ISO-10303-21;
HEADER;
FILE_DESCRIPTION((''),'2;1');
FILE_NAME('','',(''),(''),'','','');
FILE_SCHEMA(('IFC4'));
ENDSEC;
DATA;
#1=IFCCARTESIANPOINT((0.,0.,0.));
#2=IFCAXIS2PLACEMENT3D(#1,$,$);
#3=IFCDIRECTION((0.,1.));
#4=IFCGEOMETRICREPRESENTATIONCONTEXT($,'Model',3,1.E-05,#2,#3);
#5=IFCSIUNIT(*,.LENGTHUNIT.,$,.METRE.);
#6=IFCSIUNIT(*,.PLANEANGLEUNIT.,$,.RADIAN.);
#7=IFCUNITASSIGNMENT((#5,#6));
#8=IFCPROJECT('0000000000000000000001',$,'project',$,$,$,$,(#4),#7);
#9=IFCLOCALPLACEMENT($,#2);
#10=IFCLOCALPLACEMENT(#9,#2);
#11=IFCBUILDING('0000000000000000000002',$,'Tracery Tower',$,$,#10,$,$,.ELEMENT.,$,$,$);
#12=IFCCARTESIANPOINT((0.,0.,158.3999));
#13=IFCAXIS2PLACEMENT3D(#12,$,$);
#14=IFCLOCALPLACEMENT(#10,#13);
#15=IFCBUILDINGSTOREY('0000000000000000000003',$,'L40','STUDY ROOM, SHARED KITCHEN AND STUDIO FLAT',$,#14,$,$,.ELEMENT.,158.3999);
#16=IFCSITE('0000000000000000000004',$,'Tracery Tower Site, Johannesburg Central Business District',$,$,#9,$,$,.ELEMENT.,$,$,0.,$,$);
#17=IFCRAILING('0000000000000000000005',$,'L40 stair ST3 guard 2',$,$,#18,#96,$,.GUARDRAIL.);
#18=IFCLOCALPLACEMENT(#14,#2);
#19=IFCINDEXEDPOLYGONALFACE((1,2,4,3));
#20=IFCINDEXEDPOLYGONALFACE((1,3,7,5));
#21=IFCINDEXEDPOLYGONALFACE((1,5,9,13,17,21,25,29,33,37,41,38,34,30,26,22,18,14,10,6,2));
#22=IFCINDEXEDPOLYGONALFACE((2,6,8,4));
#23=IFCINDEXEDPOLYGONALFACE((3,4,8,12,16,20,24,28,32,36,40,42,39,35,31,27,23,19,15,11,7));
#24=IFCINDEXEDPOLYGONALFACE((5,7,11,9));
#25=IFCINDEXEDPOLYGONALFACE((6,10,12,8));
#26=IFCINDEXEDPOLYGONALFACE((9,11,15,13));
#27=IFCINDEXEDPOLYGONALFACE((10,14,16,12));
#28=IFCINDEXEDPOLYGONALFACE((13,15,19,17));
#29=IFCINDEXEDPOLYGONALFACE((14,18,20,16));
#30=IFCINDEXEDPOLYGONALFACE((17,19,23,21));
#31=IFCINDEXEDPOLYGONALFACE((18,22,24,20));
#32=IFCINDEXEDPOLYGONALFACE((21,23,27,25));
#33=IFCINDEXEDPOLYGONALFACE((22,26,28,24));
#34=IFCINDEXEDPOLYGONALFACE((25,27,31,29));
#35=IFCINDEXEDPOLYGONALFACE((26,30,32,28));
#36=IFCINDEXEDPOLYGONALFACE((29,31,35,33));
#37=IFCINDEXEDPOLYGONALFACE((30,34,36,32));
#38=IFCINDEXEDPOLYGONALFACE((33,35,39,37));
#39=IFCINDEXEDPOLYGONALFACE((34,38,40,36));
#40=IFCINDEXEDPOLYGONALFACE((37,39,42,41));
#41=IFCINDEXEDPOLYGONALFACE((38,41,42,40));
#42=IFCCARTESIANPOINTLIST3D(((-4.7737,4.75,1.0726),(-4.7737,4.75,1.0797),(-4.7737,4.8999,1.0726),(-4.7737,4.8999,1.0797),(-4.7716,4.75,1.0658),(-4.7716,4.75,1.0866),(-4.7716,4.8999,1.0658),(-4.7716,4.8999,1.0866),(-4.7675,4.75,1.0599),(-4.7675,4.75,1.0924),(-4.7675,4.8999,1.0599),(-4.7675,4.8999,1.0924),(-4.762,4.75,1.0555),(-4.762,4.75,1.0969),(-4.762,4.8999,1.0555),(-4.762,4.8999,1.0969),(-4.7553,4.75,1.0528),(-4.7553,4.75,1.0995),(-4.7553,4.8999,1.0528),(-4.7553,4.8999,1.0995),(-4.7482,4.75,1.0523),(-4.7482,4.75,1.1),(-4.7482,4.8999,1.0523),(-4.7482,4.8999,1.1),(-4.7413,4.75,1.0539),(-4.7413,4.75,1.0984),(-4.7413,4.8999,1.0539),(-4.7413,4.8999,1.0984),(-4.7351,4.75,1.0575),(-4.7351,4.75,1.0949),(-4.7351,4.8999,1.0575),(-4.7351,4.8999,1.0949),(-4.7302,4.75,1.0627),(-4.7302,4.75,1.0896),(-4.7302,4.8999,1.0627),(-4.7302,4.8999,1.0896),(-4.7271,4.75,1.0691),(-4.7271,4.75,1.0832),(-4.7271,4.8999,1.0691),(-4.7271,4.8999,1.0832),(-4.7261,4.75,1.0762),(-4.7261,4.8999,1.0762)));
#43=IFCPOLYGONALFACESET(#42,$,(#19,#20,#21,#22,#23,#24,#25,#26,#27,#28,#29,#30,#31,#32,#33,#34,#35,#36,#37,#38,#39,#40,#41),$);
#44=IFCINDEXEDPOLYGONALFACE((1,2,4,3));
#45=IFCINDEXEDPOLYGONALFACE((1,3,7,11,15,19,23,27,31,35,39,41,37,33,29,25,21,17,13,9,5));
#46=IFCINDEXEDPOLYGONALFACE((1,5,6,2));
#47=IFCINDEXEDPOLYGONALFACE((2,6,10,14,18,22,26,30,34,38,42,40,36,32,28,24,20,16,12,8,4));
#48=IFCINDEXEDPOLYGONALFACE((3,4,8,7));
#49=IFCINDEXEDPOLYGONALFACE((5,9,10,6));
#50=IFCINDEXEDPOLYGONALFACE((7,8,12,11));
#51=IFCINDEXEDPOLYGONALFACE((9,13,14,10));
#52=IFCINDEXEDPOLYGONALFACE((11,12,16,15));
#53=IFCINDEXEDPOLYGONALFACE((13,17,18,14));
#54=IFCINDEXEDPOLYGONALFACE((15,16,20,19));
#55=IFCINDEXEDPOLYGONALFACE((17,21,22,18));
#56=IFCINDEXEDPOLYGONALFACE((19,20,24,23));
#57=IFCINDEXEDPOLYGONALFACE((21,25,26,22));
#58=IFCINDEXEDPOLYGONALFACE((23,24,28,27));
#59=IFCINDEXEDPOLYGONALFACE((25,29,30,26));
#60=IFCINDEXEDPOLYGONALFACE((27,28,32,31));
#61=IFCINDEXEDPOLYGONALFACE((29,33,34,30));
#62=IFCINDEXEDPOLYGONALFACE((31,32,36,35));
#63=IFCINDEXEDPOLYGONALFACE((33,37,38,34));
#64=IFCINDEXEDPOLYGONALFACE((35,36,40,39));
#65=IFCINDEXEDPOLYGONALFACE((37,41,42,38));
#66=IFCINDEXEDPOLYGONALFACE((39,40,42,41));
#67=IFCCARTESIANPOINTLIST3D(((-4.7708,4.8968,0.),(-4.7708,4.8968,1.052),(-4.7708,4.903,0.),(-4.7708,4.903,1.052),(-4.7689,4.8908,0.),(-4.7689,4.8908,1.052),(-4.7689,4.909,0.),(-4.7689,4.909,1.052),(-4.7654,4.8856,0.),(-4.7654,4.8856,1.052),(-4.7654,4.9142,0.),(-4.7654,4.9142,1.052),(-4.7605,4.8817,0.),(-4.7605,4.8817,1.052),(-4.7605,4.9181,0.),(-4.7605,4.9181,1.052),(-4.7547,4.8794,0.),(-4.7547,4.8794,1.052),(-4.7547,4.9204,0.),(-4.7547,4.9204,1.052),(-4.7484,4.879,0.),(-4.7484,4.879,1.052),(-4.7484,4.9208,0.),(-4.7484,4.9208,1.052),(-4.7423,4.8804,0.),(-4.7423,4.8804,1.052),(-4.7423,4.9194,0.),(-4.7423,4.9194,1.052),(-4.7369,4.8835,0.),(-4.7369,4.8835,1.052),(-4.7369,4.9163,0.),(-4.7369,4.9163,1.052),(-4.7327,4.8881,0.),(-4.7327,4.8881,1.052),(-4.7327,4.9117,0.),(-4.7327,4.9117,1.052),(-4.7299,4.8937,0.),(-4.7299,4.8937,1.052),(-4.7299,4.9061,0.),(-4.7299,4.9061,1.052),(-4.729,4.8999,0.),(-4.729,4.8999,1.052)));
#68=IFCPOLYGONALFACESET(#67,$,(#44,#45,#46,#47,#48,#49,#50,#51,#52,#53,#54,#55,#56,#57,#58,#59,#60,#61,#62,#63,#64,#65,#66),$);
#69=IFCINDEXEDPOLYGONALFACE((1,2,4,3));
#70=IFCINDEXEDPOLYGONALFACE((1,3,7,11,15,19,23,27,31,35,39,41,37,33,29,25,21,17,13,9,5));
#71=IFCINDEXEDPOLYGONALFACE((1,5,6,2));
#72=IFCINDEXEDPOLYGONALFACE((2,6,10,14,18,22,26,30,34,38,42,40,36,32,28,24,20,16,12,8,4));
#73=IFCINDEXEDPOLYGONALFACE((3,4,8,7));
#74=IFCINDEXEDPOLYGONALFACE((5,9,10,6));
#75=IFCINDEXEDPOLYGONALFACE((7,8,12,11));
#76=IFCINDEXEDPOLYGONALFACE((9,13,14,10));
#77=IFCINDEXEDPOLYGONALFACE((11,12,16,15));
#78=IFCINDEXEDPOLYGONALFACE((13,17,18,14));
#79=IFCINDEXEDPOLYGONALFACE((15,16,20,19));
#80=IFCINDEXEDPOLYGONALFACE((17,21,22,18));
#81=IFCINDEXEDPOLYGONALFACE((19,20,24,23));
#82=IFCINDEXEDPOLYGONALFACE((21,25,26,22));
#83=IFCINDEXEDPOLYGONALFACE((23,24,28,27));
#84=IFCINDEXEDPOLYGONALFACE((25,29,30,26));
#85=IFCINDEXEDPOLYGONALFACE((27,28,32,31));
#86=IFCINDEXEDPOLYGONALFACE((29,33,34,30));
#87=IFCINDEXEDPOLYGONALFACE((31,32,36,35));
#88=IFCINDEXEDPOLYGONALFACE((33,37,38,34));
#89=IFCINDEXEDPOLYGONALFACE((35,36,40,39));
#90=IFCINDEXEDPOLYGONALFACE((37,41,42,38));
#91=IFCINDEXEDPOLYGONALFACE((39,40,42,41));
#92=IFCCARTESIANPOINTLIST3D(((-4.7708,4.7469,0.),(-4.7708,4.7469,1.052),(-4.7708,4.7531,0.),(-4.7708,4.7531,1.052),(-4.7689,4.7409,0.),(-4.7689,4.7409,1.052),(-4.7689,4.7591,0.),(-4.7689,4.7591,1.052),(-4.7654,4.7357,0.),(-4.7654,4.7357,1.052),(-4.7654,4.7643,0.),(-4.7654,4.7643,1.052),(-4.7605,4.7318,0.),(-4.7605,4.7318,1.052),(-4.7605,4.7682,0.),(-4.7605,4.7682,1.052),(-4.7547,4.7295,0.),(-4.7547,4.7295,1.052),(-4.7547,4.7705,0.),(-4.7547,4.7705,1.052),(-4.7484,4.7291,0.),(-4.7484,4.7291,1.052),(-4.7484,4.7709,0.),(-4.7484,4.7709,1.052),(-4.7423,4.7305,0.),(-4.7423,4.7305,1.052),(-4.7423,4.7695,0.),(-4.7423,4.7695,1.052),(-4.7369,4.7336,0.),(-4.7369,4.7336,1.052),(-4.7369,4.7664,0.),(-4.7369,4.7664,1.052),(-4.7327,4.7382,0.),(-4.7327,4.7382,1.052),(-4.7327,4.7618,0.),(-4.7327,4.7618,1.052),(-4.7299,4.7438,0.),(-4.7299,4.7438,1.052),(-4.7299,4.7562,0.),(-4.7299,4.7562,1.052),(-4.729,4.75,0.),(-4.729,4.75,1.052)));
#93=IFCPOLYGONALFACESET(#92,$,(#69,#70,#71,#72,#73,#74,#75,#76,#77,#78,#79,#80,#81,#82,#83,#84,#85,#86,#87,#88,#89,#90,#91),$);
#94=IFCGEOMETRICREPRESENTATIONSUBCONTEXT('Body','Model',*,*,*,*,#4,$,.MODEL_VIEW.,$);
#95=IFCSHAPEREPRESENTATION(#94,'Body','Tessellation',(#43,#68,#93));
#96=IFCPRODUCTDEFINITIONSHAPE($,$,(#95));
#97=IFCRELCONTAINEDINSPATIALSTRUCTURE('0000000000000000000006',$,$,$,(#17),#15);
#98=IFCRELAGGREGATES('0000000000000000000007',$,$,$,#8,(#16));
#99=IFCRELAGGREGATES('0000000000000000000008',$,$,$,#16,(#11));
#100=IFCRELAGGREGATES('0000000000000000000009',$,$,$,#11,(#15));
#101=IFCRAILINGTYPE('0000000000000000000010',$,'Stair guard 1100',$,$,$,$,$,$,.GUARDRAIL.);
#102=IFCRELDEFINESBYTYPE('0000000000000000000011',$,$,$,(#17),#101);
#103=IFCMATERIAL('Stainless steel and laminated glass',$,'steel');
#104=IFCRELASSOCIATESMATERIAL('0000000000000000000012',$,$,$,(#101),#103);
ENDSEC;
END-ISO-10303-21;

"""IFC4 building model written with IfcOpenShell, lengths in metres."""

from ifc_helpers import new_model, si_unit, direction, frame, origin, origin_2d, place, context, subcontext, project, spatial, circle, extrude, material, type_object, element, save


model = new_model("IFC4")

# Units and contexts
model_context = context("Model", 3, precision=1e-05, world=origin(), true_north=direction((0.0, 1.0)))
body_context = subcontext(model_context, "Body", "Model", "MODEL_VIEW")
ifc_project = project(units=[si_unit("LENGTHUNIT", "METRE"), si_unit("PLANEANGLEUNIT", "RADIAN")], contexts=[model_context])

# Site, building, storey
site_placement = place(None, origin())
site = spatial("IfcSite", under=ifc_project, at=site_placement, Name="Tracery Tower Site, Johannesburg Central Business District", CompositionType="ELEMENT", RefElevation=0.0)
building_placement = place(site_placement, origin())
building = spatial("IfcBuilding", under=site, at=building_placement, Name="Tracery Tower", CompositionType="ELEMENT")
storey_placement = place(building_placement, frame((0.0, 0.0, 158.3999)))
storey = spatial("IfcBuildingStorey", under=building, at=storey_placement, Name="L40", Description="STUDY ROOM, SHARED KITCHEN AND STUDIO FLAT", CompositionType="ELEMENT", Elevation=158.3999)

# Railing
ifc_material_1 = material(Name="Stainless steel and laminated glass", Category="steel")
railing_type_1 = type_object("IfcRailingType", Name="Stair guard 1100", PredefinedType="GUARDRAIL", material=ifc_material_1)
railing_1_placement = place(storey_placement, frame((-4.75, 4.8999, 0.0)))
element("IfcRailing", 1, at=railing_1_placement, inside=storey, type_object=railing_type_1, Name="L40 stair ST3 guard 2", PredefinedType="GUARDRAIL", context=body_context, shape_type="SweptSolid", body=[
    extrude(circle(Radius=0.0239, at=origin_2d()), frame((0.0, 0.0, 1.0762), z_axis=(0.0, -1.0, 0.0), x_axis=(1.0, 0.0, 0.0)), (0.0, 0.0, 1.0), 0.1499),
    extrude(circle(Radius=0.021, at=origin_2d()), origin(), (0.0, 0.0, 1.0), 1.052),
    extrude(circle(Radius=0.021, at=origin_2d()), frame((0.0, -0.1499, 0.0)), (0.0, 0.0, 1.0), 1.052),
])

save(model, "model.ifc")
